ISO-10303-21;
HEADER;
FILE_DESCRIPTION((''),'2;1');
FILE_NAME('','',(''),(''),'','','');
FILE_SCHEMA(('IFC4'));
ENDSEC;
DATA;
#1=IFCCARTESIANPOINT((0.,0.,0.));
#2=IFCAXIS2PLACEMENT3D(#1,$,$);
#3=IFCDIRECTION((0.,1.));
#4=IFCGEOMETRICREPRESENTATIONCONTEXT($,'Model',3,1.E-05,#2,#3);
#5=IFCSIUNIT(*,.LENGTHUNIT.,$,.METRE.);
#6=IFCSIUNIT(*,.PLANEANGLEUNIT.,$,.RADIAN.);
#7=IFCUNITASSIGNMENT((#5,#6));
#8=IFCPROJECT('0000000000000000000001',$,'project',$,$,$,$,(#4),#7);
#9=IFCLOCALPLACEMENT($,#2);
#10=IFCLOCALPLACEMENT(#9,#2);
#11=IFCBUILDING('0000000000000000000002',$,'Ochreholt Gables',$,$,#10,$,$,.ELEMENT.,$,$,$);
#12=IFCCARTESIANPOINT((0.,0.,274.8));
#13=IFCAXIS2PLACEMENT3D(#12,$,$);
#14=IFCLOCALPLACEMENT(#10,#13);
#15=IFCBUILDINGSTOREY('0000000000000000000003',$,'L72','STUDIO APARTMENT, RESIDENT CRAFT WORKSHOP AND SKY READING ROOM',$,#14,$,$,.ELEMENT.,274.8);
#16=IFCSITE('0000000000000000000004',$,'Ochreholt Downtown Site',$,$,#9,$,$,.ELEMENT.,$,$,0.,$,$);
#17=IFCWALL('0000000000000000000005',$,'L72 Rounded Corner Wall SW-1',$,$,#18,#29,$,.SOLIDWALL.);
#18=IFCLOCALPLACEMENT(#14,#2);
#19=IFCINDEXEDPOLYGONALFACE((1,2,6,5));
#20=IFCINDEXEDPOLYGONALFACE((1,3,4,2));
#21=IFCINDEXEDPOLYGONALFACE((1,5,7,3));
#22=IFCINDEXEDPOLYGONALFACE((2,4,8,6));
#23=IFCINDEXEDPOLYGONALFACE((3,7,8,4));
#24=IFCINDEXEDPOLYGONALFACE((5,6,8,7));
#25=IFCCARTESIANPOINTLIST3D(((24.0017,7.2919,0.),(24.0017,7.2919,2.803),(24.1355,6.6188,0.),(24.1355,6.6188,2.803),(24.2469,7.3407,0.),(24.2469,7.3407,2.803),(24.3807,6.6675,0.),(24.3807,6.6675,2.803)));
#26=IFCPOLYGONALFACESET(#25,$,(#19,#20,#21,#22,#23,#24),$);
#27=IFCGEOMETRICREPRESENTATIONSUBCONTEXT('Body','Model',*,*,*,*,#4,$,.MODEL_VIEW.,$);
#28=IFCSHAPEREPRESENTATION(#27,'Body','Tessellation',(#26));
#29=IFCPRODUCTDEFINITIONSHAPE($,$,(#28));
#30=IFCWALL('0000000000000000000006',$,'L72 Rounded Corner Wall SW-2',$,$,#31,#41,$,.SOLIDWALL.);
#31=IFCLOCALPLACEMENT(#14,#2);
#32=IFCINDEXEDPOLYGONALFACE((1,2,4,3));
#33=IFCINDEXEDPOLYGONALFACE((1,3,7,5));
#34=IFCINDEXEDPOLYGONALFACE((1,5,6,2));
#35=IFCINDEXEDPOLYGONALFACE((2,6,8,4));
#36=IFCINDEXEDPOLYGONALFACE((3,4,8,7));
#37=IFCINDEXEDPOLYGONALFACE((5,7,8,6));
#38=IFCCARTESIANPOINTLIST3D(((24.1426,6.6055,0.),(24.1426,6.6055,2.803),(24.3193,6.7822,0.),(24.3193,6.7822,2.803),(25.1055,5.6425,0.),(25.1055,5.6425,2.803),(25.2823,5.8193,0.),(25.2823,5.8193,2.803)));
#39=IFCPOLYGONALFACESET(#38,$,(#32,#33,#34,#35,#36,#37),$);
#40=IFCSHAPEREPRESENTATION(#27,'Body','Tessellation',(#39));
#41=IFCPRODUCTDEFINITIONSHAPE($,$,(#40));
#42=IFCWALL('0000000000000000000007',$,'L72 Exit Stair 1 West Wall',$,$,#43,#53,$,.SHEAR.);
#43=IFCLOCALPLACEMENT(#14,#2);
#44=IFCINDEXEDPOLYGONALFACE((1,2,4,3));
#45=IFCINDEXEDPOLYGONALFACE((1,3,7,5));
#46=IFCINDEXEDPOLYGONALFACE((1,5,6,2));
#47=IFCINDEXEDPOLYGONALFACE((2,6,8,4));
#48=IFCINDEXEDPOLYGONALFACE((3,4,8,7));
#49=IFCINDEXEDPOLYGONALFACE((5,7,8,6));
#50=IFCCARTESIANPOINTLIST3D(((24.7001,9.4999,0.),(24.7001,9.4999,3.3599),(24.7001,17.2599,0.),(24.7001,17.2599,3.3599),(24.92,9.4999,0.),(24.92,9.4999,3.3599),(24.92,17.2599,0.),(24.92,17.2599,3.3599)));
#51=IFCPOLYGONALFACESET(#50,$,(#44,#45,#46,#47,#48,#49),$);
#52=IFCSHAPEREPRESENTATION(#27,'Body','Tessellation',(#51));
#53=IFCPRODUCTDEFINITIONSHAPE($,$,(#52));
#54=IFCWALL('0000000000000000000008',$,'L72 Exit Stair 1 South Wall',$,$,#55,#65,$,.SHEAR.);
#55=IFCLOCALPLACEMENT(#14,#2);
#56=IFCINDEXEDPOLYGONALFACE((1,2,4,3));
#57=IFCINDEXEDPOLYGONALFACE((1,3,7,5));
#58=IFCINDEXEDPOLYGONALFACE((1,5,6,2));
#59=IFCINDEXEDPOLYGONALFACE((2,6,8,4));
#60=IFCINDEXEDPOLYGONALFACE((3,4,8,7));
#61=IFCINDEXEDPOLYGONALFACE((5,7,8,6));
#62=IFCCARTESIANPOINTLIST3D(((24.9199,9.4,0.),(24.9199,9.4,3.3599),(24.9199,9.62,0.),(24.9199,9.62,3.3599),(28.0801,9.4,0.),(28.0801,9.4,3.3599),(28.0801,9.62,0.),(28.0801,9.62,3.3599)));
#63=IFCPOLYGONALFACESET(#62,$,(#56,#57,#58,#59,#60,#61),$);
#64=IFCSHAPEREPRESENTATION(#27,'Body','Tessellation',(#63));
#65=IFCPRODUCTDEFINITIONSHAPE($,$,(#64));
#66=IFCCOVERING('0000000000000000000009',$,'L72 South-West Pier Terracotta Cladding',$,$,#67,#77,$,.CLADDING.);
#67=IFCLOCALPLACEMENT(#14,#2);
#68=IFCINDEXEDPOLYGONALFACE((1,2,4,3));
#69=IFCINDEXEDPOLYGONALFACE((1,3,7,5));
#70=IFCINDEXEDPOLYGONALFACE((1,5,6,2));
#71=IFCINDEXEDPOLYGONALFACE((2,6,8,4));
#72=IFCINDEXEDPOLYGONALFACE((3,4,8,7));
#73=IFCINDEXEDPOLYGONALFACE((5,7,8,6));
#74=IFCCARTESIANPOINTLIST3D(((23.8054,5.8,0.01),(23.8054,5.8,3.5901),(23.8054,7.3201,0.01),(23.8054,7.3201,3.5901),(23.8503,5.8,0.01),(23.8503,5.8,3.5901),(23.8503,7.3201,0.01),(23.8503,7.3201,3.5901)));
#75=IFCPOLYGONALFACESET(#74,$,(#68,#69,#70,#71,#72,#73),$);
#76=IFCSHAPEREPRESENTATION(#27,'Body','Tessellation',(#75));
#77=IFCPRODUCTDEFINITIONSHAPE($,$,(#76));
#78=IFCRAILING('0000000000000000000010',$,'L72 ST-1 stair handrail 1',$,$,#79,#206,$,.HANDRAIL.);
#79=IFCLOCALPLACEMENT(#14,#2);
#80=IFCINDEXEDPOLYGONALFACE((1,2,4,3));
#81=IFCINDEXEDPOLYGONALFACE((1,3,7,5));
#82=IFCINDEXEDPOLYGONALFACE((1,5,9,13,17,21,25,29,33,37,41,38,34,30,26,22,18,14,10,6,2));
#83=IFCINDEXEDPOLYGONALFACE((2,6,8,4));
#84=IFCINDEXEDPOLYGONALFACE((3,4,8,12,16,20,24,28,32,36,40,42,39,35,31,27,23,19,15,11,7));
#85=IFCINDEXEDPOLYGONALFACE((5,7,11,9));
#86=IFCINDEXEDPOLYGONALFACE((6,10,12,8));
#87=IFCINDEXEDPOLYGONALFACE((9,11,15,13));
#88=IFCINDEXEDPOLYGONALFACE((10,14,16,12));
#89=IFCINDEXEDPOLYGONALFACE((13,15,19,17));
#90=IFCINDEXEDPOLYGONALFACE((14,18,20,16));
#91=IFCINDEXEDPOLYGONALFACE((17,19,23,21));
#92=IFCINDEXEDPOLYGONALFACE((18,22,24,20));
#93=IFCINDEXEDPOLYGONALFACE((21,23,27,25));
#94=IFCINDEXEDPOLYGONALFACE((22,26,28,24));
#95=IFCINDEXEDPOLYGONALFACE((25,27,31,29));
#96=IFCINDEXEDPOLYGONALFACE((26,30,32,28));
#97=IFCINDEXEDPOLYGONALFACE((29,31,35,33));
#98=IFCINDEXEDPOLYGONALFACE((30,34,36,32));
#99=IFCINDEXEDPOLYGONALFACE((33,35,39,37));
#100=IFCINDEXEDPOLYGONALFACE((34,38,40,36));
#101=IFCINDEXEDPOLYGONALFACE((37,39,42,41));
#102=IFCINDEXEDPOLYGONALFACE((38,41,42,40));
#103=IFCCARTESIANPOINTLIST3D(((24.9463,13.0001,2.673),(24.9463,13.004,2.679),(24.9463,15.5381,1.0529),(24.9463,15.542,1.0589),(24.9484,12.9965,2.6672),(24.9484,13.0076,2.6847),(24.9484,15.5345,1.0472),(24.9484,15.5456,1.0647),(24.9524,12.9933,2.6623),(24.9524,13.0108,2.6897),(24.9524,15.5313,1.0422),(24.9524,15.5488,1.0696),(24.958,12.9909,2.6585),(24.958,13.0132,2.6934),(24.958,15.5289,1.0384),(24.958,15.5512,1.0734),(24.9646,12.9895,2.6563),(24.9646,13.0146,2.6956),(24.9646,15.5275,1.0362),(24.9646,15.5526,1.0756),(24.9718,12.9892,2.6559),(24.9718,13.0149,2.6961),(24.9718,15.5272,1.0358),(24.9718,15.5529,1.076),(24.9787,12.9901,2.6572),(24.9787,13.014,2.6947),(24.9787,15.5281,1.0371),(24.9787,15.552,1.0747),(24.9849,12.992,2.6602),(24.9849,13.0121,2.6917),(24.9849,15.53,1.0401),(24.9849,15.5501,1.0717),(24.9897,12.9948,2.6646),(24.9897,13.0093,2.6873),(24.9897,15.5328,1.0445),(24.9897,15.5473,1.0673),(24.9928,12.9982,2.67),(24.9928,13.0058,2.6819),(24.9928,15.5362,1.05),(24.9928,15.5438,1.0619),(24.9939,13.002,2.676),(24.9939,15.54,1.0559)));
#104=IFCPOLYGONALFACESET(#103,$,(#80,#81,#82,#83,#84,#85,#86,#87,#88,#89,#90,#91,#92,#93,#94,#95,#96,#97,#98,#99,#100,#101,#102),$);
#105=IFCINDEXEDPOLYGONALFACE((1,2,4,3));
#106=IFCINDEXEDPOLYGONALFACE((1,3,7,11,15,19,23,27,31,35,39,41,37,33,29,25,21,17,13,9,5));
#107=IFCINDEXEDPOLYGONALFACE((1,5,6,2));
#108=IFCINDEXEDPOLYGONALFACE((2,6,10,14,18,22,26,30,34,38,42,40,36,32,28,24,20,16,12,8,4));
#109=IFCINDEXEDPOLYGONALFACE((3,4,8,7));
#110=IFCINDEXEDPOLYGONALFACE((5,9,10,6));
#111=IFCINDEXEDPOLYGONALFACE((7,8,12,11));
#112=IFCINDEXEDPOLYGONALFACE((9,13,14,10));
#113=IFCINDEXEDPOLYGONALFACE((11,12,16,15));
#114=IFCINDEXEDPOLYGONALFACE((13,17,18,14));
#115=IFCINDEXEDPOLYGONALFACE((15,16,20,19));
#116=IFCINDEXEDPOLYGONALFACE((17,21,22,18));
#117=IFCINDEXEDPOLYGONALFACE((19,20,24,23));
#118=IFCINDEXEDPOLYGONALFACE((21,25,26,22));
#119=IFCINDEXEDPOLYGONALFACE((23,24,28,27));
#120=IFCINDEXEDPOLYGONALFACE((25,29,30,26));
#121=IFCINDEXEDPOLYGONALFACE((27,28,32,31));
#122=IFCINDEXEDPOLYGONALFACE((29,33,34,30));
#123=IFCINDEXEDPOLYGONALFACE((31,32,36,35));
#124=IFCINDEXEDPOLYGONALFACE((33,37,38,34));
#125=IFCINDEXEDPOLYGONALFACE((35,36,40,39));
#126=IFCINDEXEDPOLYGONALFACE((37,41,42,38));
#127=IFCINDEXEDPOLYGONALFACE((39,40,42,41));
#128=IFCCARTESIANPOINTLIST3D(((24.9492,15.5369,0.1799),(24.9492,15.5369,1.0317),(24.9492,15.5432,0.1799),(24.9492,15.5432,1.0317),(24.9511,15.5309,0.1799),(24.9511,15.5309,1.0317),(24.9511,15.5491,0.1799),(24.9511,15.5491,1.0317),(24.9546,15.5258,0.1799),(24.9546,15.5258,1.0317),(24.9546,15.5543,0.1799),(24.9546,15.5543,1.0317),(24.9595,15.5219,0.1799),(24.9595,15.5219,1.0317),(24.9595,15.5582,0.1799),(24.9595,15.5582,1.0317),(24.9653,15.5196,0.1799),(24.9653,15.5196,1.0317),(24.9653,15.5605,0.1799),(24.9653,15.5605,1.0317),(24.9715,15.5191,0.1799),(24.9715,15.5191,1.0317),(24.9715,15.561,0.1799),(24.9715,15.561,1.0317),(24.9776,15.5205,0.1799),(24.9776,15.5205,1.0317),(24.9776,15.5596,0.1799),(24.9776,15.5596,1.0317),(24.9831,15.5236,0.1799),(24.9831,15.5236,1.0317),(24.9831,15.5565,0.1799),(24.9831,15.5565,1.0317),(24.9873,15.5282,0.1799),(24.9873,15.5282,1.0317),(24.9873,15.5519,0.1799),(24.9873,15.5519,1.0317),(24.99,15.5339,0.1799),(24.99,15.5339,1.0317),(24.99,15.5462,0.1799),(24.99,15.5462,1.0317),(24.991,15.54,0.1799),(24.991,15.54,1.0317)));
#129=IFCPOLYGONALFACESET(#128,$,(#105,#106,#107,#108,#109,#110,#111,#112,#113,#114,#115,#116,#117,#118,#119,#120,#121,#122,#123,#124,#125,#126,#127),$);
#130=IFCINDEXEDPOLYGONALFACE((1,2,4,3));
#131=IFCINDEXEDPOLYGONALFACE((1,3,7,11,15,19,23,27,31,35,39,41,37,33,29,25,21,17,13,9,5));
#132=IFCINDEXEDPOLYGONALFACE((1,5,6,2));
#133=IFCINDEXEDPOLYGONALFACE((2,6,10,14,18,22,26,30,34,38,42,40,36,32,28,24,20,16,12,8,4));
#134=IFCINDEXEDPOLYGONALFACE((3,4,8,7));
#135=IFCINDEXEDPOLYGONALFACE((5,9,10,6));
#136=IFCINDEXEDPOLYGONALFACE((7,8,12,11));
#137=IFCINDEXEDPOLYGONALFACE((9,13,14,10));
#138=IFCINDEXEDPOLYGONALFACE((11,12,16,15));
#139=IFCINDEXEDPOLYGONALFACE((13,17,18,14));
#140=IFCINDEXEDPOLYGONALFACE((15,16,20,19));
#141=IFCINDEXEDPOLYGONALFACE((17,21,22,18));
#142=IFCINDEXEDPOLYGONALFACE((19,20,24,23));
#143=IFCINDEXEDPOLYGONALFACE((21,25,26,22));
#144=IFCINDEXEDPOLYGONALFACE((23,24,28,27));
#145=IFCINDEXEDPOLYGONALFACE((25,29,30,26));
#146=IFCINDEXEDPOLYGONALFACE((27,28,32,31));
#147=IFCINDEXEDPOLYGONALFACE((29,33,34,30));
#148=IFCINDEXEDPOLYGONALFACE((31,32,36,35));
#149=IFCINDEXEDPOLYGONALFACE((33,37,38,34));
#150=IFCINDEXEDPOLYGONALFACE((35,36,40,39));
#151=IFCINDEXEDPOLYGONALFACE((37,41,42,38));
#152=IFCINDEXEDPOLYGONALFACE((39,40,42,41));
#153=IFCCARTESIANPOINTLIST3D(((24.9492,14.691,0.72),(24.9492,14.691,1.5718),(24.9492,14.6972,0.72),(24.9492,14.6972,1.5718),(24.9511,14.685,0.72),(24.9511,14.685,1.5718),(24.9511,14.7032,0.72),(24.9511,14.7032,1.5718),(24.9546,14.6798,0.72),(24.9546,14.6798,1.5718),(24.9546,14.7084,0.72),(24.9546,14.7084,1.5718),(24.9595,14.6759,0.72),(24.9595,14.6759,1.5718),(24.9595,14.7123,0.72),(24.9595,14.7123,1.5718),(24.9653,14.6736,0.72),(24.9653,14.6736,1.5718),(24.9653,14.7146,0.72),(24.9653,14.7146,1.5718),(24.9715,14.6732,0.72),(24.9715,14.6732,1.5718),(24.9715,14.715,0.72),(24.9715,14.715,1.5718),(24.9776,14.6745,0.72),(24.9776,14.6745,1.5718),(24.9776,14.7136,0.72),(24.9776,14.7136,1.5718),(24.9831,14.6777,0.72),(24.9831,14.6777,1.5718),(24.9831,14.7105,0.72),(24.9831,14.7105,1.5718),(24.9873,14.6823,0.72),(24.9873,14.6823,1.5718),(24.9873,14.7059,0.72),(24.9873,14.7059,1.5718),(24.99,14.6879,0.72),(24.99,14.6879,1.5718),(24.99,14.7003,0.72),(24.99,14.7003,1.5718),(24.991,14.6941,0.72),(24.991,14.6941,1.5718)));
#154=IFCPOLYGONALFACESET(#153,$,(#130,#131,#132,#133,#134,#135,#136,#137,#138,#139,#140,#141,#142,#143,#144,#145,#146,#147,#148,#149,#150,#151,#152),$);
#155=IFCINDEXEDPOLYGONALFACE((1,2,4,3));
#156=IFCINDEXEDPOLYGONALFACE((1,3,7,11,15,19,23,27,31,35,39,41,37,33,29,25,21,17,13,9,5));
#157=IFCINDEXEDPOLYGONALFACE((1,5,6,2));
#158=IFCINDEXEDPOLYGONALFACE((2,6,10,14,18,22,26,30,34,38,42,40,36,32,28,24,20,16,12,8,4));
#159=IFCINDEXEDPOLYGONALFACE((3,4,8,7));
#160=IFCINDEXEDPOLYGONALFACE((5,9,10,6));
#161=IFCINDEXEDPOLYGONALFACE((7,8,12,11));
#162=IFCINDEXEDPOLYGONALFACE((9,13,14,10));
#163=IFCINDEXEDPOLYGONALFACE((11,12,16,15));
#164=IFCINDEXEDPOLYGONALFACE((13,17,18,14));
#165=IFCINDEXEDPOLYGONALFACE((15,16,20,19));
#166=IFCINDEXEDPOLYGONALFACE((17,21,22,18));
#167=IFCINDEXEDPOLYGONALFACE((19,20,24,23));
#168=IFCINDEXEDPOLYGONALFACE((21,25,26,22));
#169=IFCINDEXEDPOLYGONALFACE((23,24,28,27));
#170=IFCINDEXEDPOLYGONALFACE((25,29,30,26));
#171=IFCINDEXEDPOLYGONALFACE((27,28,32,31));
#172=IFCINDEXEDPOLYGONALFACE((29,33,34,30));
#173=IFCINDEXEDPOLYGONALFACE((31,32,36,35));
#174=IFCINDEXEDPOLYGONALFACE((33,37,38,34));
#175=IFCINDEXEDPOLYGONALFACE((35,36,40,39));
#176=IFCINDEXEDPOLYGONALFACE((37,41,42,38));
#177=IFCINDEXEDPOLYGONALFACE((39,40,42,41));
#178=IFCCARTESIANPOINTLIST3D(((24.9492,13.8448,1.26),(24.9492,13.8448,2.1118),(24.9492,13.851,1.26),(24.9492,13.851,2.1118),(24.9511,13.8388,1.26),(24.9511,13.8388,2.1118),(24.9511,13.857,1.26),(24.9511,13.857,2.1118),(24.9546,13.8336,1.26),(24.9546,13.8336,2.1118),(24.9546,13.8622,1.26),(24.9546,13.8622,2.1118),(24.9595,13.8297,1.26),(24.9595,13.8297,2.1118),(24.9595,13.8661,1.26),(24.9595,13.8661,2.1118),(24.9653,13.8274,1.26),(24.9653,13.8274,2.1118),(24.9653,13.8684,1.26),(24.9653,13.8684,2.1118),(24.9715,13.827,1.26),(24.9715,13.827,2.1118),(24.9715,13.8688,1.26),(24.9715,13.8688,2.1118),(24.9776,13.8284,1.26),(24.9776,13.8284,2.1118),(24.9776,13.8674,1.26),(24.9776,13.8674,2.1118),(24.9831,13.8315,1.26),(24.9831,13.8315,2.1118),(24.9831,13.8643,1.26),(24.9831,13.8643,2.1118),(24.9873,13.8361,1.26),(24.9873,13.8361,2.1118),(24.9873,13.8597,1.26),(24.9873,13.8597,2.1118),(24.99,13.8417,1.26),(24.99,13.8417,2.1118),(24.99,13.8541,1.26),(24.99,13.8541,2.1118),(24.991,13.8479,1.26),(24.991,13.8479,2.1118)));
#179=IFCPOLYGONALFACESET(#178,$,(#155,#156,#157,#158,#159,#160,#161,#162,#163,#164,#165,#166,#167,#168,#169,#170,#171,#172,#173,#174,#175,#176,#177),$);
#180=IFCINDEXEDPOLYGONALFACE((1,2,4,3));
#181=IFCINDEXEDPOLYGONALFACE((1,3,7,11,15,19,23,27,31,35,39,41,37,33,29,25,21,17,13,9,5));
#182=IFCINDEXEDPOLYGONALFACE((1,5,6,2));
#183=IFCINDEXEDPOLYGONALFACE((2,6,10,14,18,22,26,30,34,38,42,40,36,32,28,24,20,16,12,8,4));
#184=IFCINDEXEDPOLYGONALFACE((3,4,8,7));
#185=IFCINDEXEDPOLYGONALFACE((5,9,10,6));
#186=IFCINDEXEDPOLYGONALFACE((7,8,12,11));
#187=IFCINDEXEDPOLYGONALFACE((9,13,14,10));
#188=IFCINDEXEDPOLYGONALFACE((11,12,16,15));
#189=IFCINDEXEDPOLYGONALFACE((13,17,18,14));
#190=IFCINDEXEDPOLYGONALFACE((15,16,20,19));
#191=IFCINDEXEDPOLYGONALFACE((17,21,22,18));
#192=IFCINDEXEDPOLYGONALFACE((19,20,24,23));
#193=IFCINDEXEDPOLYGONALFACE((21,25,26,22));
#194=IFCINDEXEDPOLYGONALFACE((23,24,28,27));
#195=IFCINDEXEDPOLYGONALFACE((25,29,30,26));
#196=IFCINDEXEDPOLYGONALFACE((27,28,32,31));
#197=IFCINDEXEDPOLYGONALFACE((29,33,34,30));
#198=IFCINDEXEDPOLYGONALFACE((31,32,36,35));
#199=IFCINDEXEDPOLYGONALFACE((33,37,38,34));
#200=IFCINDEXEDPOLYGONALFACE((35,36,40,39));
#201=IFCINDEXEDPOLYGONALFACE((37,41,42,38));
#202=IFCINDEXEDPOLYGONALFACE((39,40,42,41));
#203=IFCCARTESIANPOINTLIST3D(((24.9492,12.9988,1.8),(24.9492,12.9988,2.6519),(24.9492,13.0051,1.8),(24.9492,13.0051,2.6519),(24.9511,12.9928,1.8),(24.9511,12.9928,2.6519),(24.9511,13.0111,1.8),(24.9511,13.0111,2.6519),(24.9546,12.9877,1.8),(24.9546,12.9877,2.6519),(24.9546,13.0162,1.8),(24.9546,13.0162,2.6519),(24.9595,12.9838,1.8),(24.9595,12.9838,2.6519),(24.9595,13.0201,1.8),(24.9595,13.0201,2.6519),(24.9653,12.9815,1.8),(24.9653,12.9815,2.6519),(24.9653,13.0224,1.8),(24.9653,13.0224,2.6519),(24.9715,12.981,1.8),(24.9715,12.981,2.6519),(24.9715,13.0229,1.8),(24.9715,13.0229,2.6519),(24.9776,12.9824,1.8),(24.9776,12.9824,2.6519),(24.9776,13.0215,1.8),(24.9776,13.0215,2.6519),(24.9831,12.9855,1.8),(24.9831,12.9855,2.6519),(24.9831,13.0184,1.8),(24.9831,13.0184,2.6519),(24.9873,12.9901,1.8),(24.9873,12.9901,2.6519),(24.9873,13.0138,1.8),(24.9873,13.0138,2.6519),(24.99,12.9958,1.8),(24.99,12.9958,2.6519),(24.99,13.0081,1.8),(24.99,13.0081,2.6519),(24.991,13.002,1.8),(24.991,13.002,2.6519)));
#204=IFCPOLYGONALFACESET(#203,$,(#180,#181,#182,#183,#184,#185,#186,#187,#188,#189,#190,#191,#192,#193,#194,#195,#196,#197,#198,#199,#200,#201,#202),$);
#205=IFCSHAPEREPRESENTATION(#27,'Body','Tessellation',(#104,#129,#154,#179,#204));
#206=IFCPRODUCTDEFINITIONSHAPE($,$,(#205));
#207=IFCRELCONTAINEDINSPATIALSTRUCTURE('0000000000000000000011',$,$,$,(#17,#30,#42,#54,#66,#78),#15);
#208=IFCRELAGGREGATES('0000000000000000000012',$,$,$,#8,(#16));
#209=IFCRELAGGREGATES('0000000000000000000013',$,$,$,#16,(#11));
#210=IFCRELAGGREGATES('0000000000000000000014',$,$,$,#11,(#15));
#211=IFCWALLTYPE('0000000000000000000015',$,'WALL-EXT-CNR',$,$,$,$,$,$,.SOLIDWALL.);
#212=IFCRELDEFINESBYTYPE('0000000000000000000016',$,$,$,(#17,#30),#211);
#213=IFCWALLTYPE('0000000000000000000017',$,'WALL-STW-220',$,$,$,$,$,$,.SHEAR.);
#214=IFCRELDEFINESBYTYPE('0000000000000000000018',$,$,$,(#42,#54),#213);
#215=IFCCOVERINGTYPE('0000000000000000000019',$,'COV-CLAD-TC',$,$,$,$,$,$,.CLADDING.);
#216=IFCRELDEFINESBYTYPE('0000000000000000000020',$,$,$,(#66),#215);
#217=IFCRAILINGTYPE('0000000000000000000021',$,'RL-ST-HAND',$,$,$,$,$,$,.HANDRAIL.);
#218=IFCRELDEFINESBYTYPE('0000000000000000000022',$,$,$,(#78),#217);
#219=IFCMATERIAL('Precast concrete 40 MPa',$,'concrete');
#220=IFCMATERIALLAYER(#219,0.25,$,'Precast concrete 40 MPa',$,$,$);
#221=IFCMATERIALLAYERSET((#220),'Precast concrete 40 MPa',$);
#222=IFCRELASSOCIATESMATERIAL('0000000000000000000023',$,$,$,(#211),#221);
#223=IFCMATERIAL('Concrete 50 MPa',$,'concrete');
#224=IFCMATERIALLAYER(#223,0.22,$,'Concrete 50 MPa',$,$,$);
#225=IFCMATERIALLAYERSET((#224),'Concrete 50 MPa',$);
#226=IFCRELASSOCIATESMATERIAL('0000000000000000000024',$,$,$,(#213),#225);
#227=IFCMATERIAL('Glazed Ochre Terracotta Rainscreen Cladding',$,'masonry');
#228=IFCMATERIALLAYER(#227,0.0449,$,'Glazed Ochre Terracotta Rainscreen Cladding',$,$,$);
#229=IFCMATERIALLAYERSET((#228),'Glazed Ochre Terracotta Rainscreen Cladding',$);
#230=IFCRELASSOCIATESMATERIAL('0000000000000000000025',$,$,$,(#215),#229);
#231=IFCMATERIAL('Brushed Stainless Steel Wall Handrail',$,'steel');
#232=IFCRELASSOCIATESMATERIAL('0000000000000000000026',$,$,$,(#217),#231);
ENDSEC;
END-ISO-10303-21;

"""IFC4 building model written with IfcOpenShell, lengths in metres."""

from ifc_helpers import new_model, si_unit, direction, frame, frame_2d, origin, origin_2d, place, context, subcontext, project, spatial, rectangle, circle, extrude, material, layer, layer_set, type_object, element, save


model = new_model("IFC4")

# Units and contexts
model_context = context("Model", 3, precision=1e-05, world=origin(), true_north=direction((0.0, 1.0)))
body_context = subcontext(model_context, "Body", "Model", "MODEL_VIEW")
ifc_project = project(units=[si_unit("LENGTHUNIT", "METRE"), si_unit("PLANEANGLEUNIT", "RADIAN")], contexts=[model_context])

# Site, building, storey
site_placement = place(None, origin())
site = spatial("IfcSite", under=ifc_project, at=site_placement, Name="Ochreholt Downtown Site", CompositionType="ELEMENT", RefElevation=0.0)
building_placement = place(site_placement, origin())
building = spatial("IfcBuilding", under=site, at=building_placement, Name="Ochreholt Gables", CompositionType="ELEMENT")
storey_placement = place(building_placement, frame((0.0, 0.0, 274.8)))
storey = spatial("IfcBuildingStorey", under=building, at=storey_placement, Name="L72", Description="STUDIO APARTMENT, RESIDENT CRAFT WORKSHOP AND SKY READING ROOM", CompositionType="ELEMENT", Elevation=274.8)

# Shared definitions
ifc_material_1 = material(Name="Concrete 50 MPa", Category="concrete")

# Shared definitions
ifc_material_2 = material(Name="Precast concrete 40 MPa", Category="concrete")

# Walls
ifc_layer_1 = layer(ifc_material_2, 0.25, Name="Precast concrete 40 MPa")
ifc_layer_set_1 = layer_set([ifc_layer_1], Name="Precast concrete 40 MPa")
wall_type_1 = type_object("IfcWallType", Name="WALL-EXT-CNR", PredefinedType="SOLIDWALL", material=ifc_layer_set_1)
wall_1_placement = place(storey_placement, frame((24.1243, 7.3164, 0.0), z_axis=(0.0, 0.0, 1.0), x_axis=(0.194953, -0.980813, 0.0)))
element("IfcWall", 1, at=wall_1_placement, inside=storey, type_object=wall_type_1, Name="L72 Rounded Corner Wall SW-1", PredefinedType="SOLIDWALL", context=body_context, shape_type="SweptSolid", body=[
    extrude(rectangle(XDim=0.6863, YDim=0.25, at=frame_2d((0.3433, 0.0))), origin(), (0.0, 0.0, 1.0), 2.803),
])
wall_2_placement = place(storey_placement, frame((24.231, 6.6938, 0.0), z_axis=(0.0, 0.0, 1.0), x_axis=(0.707107, -0.707107, 0.0)))
element("IfcWall", 2, at=wall_2_placement, inside=storey, type_object=wall_type_1, Name="L72 Rounded Corner Wall SW-2", PredefinedType="SOLIDWALL", context=body_context, shape_type="SweptSolid", body=[
    extrude(rectangle(XDim=1.3618, YDim=0.25, at=frame_2d((0.6809, 0.0))), origin(), (0.0, 0.0, 1.0), 2.803),
])
ifc_layer_2 = layer(ifc_material_1, 0.22, Name="Concrete 50 MPa")
ifc_layer_set_2 = layer_set([ifc_layer_2], Name="Concrete 50 MPa")
wall_type_2 = type_object("IfcWallType", Name="WALL-STW-220", PredefinedType="SHEAR", material=ifc_layer_set_2)
wall_3_placement = place(storey_placement, frame((24.8101, 9.5, 0.0), z_axis=(0.0, 0.0, 1.0), x_axis=(0.0, 1.0, 0.0)))
element("IfcWall", 3, at=wall_3_placement, inside=storey, type_object=wall_type_2, Name="L72 Exit Stair 1 West Wall", PredefinedType="SHEAR", context=body_context, shape_type="SweptSolid", body=[
    extrude(rectangle(XDim=7.76, YDim=0.22, at=frame_2d((3.8799, 0.0))), origin(), (0.0, 0.0, 1.0), 3.3599),
])
wall_4_placement = place(storey_placement, frame((24.9199, 9.51, 0.0), z_axis=(0.0, 0.0, 1.0), x_axis=(1.0, 0.0, 0.0)))
element("IfcWall", 4, at=wall_4_placement, inside=storey, type_object=wall_type_2, Name="L72 Exit Stair 1 South Wall", PredefinedType="SHEAR", context=body_context, shape_type="SweptSolid", body=[
    extrude(rectangle(XDim=3.1602, YDim=0.22, at=frame_2d((1.5801, 0.0))), origin(), (0.0, 0.0, 1.0), 3.3599),
])

# Covering
ifc_material_3 = material(Name="Glazed Ochre Terracotta Rainscreen Cladding", Category="masonry")
ifc_layer_3 = layer(ifc_material_3, 0.0449, Name="Glazed Ochre Terracotta Rainscreen Cladding")
ifc_layer_set_3 = layer_set([ifc_layer_3], Name="Glazed Ochre Terracotta Rainscreen Cladding")
covering_type = type_object("IfcCoveringType", Name="COV-CLAD-TC", PredefinedType="CLADDING", material=ifc_layer_set_3)
covering_placement = place(storey_placement, frame((23.8279, 6.5601, 0.01), z_axis=(0.0, 0.0, 1.0), x_axis=(0.0, 1.0, 0.0)))
element("IfcCovering", 5, at=covering_placement, inside=storey, type_object=covering_type, Name="L72 South-West Pier Terracotta Cladding", PredefinedType="CLADDING", context=body_context, shape_type="SweptSolid", body=[
    extrude(rectangle(XDim=1.52, YDim=0.0449, at=origin_2d()), origin(), (0.0, 0.0, 1.0), 3.5801),
])

# Railing
ifc_material_4 = material(Name="Brushed Stainless Steel Wall Handrail", Category="steel")
railing_type = type_object("IfcRailingType", Name="RL-ST-HAND", PredefinedType="HANDRAIL", material=ifc_material_4)
railing_placement = place(storey_placement, frame((24.97, 15.54, 0.1799)))
element("IfcRailing", 6, at=railing_placement, inside=storey, type_object=railing_type, Name="L72 ST-1 stair handrail 1", PredefinedType="HANDRAIL", context=body_context, shape_type="SweptSolid", body=[
    extrude(circle(Radius=0.0239, at=origin_2d()), frame((0.0, 0.0, 0.876), z_axis=(0.0, -0.842913, 0.53805), x_axis=(1.0, 0.0, 0.0)), (0.0, 0.0, 1.0), 3.011),
    extrude(circle(Radius=0.021, at=origin_2d()), origin(), (0.0, 0.0, 1.0), 0.8518),
    extrude(circle(Radius=0.021, at=origin_2d()), frame((0.0, -0.8459, 0.54)), (0.0, 0.0, 1.0), 0.8518),
    extrude(circle(Radius=0.021, at=origin_2d()), frame((0.0, -1.6921, 1.0801)), (0.0, 0.0, 1.0), 0.8518),
    extrude(circle(Radius=0.021, at=origin_2d()), frame((0.0, -2.5381, 1.6201)), (0.0, 0.0, 1.0), 0.8518),
])

save(model, "model.ifc")
